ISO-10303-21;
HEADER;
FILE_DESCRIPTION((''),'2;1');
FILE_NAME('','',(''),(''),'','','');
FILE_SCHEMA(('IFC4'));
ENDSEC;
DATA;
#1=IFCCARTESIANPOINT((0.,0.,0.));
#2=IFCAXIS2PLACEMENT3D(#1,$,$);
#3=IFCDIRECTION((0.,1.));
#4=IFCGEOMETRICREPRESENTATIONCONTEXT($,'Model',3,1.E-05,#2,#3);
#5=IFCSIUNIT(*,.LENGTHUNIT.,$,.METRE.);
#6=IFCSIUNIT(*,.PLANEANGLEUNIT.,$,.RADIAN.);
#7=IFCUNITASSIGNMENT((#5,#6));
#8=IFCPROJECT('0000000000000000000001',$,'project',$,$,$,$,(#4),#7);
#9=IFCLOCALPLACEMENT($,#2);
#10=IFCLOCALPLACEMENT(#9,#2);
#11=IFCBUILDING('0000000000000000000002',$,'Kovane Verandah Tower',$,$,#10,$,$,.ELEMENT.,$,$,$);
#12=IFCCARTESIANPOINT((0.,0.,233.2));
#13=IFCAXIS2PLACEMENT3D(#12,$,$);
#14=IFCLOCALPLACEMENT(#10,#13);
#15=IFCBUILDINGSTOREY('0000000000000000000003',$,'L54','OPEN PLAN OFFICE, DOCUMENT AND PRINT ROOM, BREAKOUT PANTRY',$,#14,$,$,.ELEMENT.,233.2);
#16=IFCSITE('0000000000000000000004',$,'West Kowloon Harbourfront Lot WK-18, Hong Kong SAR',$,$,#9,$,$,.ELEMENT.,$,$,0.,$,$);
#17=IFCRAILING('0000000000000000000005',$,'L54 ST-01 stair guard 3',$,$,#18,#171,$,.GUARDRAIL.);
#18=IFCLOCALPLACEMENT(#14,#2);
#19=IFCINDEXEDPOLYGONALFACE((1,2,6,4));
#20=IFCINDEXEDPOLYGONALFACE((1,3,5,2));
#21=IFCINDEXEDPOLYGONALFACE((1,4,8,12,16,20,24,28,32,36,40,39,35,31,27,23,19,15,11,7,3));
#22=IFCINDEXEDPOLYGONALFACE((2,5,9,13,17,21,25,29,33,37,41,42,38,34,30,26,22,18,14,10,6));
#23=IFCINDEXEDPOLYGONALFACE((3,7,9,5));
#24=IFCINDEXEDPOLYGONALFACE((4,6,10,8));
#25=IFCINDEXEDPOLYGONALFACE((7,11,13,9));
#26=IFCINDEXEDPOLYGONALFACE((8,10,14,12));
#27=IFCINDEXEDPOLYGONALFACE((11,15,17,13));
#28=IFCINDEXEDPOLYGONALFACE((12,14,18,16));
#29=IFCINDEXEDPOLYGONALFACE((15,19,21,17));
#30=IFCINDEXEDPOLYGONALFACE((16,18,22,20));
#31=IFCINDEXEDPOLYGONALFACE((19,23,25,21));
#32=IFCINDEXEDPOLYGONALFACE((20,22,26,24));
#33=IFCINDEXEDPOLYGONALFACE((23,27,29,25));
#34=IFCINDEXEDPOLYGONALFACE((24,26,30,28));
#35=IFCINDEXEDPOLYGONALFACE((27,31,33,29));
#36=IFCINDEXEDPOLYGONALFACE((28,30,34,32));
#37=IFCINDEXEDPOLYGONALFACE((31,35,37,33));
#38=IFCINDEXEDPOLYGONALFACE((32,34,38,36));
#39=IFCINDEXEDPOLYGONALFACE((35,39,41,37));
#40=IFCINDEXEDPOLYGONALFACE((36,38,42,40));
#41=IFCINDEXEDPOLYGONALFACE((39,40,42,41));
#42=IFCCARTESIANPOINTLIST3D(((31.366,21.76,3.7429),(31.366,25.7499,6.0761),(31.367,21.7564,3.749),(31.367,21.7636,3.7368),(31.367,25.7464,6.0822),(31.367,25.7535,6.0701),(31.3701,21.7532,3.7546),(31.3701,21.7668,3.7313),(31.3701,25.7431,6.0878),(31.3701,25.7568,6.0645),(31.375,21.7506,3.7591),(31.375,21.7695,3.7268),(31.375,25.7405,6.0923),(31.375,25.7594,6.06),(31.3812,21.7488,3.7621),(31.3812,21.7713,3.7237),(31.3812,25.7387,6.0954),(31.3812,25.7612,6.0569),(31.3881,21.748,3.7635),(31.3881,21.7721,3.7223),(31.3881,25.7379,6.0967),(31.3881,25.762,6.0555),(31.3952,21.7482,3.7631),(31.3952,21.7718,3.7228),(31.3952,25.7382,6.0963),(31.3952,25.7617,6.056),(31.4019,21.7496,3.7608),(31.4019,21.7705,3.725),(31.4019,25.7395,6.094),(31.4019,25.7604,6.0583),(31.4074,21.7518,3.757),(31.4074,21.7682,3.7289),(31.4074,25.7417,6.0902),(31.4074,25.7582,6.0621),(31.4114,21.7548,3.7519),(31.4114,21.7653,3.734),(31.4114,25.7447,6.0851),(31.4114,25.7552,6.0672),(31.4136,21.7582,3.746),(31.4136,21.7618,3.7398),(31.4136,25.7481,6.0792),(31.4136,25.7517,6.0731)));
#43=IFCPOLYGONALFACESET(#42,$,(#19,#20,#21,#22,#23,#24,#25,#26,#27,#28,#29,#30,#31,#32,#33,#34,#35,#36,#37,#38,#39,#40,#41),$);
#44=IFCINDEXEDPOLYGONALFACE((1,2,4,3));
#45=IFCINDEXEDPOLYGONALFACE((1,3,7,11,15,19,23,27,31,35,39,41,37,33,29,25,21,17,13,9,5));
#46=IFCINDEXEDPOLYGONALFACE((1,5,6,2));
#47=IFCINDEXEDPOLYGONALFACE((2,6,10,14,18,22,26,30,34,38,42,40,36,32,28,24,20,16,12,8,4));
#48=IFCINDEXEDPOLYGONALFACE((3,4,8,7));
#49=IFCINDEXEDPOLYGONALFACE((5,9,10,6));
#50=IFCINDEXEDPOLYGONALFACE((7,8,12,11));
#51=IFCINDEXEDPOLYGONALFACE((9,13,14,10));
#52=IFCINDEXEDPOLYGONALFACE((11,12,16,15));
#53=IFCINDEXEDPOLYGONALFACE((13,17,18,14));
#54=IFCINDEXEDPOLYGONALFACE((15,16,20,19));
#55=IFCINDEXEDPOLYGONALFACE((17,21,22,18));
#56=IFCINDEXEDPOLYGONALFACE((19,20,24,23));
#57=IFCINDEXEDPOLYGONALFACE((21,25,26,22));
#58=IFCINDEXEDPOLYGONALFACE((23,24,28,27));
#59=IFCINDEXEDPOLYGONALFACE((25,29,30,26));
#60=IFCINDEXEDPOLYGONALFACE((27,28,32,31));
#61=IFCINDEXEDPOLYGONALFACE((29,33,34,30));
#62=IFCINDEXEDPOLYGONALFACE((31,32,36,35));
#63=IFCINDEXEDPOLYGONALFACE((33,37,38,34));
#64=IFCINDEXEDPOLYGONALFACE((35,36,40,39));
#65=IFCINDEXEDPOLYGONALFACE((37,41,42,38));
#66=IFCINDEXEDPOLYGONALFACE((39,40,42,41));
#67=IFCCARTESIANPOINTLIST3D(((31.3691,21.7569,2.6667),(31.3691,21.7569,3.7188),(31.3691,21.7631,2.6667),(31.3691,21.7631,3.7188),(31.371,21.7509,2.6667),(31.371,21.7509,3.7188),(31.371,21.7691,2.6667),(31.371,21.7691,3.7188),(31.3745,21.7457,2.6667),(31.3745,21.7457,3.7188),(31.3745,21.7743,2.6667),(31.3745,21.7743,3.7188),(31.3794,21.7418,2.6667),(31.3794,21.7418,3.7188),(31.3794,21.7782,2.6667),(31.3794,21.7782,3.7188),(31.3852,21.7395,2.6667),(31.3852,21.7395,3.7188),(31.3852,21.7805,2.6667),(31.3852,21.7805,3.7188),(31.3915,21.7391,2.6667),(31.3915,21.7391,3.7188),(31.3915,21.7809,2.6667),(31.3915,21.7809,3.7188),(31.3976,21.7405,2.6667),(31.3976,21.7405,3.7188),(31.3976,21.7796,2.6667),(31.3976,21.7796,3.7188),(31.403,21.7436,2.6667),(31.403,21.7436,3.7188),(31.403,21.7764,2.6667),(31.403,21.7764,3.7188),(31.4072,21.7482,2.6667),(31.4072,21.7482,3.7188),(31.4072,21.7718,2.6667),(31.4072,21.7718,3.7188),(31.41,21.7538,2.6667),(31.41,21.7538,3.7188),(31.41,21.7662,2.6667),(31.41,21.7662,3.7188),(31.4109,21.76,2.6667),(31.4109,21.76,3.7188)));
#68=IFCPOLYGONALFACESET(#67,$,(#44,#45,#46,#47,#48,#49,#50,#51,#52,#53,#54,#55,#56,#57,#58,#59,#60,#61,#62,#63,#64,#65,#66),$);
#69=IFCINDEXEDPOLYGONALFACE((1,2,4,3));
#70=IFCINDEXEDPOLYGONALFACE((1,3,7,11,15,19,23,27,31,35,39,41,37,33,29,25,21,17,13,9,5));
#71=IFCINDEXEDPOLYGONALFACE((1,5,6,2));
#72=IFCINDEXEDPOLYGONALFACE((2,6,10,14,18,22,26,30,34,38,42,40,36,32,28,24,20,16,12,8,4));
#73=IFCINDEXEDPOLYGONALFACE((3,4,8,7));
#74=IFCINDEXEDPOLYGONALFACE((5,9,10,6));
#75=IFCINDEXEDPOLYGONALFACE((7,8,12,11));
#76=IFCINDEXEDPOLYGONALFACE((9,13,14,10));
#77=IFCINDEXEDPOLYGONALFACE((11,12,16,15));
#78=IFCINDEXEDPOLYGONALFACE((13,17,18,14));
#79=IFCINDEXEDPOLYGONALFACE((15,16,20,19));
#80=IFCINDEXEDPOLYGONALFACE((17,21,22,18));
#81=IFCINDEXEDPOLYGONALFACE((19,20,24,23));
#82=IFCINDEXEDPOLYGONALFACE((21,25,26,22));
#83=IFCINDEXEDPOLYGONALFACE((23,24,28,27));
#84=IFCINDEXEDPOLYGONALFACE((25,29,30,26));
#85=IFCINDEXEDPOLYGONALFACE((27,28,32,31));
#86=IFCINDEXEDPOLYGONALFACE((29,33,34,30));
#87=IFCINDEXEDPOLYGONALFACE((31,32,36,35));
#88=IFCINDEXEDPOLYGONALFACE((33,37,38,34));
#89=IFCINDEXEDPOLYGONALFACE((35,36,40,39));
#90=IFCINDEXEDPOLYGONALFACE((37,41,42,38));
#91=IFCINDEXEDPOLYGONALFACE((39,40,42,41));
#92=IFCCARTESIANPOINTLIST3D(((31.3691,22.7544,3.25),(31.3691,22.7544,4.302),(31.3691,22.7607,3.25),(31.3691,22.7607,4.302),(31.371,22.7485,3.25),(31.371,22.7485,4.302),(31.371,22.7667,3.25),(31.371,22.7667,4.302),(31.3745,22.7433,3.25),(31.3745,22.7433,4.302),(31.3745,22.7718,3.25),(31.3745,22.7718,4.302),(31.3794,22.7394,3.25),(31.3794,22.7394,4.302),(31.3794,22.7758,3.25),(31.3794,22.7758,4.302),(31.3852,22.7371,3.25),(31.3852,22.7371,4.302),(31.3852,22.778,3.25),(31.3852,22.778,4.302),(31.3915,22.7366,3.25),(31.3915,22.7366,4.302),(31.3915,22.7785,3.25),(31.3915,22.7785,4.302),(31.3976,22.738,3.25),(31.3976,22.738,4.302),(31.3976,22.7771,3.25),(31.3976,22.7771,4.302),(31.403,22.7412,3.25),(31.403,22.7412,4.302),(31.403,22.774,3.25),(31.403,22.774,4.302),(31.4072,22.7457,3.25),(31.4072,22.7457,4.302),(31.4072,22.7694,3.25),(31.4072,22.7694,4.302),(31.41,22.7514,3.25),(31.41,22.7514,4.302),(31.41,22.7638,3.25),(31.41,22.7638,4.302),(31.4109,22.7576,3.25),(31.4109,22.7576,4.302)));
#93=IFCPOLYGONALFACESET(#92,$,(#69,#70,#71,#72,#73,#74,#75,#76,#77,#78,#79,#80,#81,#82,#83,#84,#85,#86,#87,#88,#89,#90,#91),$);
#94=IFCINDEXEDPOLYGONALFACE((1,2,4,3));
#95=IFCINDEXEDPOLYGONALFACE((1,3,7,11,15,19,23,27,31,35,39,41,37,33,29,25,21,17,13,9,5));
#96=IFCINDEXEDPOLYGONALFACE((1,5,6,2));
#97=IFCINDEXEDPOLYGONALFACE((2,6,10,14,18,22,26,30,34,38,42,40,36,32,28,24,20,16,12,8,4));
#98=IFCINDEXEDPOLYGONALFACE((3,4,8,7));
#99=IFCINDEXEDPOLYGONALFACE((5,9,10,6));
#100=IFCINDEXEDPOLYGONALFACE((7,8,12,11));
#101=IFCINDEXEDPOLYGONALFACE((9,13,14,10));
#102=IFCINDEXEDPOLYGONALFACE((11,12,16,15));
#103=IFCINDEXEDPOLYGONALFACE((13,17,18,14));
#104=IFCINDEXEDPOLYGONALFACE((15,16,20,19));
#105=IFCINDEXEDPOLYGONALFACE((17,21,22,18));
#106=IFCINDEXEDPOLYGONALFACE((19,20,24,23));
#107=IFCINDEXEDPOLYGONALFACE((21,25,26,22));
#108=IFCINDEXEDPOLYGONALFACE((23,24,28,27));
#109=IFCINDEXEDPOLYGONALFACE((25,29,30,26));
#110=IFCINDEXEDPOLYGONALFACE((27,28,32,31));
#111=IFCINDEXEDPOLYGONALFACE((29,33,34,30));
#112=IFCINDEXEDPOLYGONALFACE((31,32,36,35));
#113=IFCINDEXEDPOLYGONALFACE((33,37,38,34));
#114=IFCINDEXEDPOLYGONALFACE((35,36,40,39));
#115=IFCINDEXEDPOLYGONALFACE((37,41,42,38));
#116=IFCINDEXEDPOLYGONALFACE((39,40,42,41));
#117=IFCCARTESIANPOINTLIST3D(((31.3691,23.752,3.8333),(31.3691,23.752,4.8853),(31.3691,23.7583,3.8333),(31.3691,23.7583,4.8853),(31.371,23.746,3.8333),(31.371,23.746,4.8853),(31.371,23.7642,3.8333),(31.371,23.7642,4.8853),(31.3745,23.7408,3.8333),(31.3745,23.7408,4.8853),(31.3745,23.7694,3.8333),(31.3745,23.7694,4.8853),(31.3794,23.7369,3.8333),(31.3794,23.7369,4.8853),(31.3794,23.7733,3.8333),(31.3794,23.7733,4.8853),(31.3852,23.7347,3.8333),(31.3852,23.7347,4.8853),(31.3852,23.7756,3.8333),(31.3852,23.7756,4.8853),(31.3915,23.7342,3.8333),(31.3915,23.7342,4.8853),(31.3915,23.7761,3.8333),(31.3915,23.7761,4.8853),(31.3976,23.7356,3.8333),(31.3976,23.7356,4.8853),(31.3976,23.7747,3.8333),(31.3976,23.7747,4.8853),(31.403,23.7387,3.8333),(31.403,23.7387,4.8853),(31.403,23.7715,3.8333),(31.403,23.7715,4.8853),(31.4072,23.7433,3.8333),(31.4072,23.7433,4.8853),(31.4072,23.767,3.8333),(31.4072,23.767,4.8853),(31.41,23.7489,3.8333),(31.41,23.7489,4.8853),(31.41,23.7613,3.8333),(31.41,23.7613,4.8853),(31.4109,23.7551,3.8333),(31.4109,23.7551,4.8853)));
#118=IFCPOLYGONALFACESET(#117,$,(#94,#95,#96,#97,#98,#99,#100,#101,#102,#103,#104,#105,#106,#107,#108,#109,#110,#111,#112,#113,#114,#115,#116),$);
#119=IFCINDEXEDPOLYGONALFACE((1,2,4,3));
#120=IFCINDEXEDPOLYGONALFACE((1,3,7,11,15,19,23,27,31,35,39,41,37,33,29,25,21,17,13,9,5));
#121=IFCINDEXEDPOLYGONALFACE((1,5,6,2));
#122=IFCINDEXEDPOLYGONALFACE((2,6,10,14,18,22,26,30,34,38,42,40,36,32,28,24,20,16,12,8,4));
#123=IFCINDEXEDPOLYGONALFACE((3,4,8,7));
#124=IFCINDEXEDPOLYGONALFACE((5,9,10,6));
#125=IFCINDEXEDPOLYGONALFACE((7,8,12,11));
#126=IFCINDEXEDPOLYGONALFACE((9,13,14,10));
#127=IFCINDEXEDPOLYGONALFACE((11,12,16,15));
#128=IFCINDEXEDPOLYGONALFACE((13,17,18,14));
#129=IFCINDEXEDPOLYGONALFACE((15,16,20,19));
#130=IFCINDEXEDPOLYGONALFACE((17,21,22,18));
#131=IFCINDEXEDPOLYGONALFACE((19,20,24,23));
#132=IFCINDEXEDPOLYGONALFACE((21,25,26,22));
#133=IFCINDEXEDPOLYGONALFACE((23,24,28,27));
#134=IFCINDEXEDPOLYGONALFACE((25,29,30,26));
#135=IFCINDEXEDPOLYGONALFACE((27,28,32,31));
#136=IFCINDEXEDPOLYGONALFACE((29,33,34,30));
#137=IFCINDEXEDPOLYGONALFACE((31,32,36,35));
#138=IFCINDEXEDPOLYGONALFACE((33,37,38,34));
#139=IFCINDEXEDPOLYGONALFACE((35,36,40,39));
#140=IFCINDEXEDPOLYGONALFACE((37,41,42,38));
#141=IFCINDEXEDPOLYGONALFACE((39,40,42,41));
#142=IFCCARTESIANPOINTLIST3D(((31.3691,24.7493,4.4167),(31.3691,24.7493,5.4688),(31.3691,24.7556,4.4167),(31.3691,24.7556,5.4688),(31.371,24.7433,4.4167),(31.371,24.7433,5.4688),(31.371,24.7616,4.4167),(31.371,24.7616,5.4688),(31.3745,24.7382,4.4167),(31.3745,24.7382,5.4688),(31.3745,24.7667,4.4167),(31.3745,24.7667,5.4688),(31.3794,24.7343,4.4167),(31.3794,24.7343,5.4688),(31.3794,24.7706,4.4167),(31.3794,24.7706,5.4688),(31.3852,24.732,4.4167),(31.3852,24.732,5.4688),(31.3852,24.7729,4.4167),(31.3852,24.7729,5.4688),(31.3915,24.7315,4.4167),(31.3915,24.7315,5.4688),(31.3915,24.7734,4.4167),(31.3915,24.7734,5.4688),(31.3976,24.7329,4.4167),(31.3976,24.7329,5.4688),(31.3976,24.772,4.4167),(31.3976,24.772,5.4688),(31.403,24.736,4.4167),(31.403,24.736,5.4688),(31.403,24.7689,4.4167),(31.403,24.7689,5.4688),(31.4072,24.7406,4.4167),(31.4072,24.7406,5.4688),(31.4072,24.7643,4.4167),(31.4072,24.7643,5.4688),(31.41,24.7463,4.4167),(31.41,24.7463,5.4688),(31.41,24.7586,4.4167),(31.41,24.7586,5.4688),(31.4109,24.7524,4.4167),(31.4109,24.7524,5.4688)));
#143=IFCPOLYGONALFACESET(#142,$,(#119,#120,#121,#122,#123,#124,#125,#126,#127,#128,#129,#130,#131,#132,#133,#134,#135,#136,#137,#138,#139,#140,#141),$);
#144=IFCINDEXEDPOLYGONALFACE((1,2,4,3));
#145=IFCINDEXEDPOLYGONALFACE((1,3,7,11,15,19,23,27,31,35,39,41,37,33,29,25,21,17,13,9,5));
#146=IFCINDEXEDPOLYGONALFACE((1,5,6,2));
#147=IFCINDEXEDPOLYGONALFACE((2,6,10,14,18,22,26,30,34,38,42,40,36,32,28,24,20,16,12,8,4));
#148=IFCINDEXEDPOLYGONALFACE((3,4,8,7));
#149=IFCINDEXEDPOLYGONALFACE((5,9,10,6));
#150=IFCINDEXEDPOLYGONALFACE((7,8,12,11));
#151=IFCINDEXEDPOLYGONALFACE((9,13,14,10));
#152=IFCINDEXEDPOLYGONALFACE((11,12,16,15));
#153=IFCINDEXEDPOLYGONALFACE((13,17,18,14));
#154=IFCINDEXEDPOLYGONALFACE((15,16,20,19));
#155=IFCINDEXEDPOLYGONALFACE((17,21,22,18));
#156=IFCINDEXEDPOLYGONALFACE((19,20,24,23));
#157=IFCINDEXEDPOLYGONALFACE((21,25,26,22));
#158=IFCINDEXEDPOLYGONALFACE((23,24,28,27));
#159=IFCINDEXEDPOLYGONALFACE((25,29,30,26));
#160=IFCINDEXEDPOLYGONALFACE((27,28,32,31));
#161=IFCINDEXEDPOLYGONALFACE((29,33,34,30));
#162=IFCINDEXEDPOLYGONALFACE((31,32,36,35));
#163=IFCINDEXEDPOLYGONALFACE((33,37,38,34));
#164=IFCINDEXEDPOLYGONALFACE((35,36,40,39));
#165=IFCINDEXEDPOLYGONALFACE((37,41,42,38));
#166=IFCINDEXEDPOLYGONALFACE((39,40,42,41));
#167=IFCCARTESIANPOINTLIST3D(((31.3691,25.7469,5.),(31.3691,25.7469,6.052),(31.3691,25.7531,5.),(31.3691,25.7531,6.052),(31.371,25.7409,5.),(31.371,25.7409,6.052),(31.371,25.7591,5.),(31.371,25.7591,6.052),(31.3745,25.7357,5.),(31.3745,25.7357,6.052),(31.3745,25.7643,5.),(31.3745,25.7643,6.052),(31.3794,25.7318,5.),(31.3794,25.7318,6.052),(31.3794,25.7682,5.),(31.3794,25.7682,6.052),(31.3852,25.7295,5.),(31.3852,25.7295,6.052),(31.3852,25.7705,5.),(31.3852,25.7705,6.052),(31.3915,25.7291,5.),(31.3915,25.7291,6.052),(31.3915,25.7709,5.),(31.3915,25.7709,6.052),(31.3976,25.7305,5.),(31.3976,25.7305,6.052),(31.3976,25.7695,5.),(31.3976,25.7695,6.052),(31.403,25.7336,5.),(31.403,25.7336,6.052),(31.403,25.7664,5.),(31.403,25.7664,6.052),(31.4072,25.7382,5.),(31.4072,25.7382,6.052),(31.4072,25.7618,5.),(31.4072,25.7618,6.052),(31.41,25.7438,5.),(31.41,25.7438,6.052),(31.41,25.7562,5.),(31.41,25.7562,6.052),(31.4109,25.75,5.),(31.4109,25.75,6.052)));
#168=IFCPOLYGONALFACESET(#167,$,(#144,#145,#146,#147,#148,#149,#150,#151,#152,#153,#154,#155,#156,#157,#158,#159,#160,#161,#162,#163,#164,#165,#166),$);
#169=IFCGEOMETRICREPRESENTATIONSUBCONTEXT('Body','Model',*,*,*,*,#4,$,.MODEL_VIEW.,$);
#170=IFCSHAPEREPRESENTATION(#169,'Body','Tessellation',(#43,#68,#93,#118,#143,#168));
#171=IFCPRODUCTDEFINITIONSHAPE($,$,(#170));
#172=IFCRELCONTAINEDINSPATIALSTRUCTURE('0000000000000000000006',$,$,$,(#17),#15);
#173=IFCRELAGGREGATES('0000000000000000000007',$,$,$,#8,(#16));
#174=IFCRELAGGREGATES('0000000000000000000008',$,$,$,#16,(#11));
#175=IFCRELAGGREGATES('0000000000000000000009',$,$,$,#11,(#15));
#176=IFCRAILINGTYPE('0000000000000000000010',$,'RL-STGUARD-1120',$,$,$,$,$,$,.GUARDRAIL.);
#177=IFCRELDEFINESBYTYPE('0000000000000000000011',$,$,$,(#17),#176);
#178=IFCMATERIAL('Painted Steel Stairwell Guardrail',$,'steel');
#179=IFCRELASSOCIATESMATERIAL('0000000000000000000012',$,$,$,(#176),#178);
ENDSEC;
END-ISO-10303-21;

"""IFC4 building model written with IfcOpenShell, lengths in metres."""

from ifc_helpers import new_model, si_unit, direction, frame, origin, origin_2d, place, context, subcontext, project, spatial, circle, extrude, material, type_object, element, save


model = new_model("IFC4")

# Units and contexts
model_context = context("Model", 3, precision=1e-05, world=origin(), true_north=direction((0.0, 1.0)))
body_context = subcontext(model_context, "Body", "Model", "MODEL_VIEW")
ifc_project = project(units=[si_unit("LENGTHUNIT", "METRE"), si_unit("PLANEANGLEUNIT", "RADIAN")], contexts=[model_context])

# Site, building, storey
site_placement = place(None, origin())
site = spatial("IfcSite", under=ifc_project, at=site_placement, Name="West Kowloon Harbourfront Lot WK-18, Hong Kong SAR", CompositionType="ELEMENT", RefElevation=0.0)
building_placement = place(site_placement, origin())
building = spatial("IfcBuilding", under=site, at=building_placement, Name="Kovane Verandah Tower", CompositionType="ELEMENT")
storey_placement = place(building_placement, frame((0.0, 0.0, 233.2)))
storey = spatial("IfcBuildingStorey", under=building, at=storey_placement, Name="L54", Description="OPEN PLAN OFFICE, DOCUMENT AND PRINT ROOM, BREAKOUT PANTRY", CompositionType="ELEMENT", Elevation=233.2)

# Railing
ifc_material_1 = material(Name="Painted Steel Stairwell Guardrail", Category="steel")
railing_type_1 = type_object("IfcRailingType", Name="RL-STGUARD-1120", PredefinedType="GUARDRAIL", material=ifc_material_1)
railing_1_placement = place(storey_placement, frame((31.3899, 21.76, 2.6667)))
element("IfcRailing", 1, at=railing_1_placement, inside=storey, type_object=railing_type_1, Name="L54 ST-01 stair guard 3", PredefinedType="GUARDRAIL", context=body_context, shape_type="SweptSolid", body=[
    extrude(circle(Radius=0.0239, at=origin_2d()), frame((0.0, 0.0, 1.0762), z_axis=(0.0, 0.863236, 0.5048), x_axis=(-1.0, 0.0, 0.0)), (0.0, 0.0, 1.0), 4.6221),
    extrude(circle(Radius=0.021, at=origin_2d()), origin(), (0.0, 0.0, 1.0), 1.052),
    extrude(circle(Radius=0.021, at=origin_2d()), frame((0.0, 0.9976, 0.5833)), (0.0, 0.0, 1.0), 1.052),
    extrude(circle(Radius=0.021, at=origin_2d()), frame((0.0, 1.9951, 1.1665)), (0.0, 0.0, 1.0), 1.052),
    extrude(circle(Radius=0.021, at=origin_2d()), frame((0.0, 2.9924, 1.75)), (0.0, 0.0, 1.0), 1.052),
    extrude(circle(Radius=0.021, at=origin_2d()), frame((0.0, 3.99, 2.3333)), (0.0, 0.0, 1.0), 1.052),
])

save(model, "model.ifc")
